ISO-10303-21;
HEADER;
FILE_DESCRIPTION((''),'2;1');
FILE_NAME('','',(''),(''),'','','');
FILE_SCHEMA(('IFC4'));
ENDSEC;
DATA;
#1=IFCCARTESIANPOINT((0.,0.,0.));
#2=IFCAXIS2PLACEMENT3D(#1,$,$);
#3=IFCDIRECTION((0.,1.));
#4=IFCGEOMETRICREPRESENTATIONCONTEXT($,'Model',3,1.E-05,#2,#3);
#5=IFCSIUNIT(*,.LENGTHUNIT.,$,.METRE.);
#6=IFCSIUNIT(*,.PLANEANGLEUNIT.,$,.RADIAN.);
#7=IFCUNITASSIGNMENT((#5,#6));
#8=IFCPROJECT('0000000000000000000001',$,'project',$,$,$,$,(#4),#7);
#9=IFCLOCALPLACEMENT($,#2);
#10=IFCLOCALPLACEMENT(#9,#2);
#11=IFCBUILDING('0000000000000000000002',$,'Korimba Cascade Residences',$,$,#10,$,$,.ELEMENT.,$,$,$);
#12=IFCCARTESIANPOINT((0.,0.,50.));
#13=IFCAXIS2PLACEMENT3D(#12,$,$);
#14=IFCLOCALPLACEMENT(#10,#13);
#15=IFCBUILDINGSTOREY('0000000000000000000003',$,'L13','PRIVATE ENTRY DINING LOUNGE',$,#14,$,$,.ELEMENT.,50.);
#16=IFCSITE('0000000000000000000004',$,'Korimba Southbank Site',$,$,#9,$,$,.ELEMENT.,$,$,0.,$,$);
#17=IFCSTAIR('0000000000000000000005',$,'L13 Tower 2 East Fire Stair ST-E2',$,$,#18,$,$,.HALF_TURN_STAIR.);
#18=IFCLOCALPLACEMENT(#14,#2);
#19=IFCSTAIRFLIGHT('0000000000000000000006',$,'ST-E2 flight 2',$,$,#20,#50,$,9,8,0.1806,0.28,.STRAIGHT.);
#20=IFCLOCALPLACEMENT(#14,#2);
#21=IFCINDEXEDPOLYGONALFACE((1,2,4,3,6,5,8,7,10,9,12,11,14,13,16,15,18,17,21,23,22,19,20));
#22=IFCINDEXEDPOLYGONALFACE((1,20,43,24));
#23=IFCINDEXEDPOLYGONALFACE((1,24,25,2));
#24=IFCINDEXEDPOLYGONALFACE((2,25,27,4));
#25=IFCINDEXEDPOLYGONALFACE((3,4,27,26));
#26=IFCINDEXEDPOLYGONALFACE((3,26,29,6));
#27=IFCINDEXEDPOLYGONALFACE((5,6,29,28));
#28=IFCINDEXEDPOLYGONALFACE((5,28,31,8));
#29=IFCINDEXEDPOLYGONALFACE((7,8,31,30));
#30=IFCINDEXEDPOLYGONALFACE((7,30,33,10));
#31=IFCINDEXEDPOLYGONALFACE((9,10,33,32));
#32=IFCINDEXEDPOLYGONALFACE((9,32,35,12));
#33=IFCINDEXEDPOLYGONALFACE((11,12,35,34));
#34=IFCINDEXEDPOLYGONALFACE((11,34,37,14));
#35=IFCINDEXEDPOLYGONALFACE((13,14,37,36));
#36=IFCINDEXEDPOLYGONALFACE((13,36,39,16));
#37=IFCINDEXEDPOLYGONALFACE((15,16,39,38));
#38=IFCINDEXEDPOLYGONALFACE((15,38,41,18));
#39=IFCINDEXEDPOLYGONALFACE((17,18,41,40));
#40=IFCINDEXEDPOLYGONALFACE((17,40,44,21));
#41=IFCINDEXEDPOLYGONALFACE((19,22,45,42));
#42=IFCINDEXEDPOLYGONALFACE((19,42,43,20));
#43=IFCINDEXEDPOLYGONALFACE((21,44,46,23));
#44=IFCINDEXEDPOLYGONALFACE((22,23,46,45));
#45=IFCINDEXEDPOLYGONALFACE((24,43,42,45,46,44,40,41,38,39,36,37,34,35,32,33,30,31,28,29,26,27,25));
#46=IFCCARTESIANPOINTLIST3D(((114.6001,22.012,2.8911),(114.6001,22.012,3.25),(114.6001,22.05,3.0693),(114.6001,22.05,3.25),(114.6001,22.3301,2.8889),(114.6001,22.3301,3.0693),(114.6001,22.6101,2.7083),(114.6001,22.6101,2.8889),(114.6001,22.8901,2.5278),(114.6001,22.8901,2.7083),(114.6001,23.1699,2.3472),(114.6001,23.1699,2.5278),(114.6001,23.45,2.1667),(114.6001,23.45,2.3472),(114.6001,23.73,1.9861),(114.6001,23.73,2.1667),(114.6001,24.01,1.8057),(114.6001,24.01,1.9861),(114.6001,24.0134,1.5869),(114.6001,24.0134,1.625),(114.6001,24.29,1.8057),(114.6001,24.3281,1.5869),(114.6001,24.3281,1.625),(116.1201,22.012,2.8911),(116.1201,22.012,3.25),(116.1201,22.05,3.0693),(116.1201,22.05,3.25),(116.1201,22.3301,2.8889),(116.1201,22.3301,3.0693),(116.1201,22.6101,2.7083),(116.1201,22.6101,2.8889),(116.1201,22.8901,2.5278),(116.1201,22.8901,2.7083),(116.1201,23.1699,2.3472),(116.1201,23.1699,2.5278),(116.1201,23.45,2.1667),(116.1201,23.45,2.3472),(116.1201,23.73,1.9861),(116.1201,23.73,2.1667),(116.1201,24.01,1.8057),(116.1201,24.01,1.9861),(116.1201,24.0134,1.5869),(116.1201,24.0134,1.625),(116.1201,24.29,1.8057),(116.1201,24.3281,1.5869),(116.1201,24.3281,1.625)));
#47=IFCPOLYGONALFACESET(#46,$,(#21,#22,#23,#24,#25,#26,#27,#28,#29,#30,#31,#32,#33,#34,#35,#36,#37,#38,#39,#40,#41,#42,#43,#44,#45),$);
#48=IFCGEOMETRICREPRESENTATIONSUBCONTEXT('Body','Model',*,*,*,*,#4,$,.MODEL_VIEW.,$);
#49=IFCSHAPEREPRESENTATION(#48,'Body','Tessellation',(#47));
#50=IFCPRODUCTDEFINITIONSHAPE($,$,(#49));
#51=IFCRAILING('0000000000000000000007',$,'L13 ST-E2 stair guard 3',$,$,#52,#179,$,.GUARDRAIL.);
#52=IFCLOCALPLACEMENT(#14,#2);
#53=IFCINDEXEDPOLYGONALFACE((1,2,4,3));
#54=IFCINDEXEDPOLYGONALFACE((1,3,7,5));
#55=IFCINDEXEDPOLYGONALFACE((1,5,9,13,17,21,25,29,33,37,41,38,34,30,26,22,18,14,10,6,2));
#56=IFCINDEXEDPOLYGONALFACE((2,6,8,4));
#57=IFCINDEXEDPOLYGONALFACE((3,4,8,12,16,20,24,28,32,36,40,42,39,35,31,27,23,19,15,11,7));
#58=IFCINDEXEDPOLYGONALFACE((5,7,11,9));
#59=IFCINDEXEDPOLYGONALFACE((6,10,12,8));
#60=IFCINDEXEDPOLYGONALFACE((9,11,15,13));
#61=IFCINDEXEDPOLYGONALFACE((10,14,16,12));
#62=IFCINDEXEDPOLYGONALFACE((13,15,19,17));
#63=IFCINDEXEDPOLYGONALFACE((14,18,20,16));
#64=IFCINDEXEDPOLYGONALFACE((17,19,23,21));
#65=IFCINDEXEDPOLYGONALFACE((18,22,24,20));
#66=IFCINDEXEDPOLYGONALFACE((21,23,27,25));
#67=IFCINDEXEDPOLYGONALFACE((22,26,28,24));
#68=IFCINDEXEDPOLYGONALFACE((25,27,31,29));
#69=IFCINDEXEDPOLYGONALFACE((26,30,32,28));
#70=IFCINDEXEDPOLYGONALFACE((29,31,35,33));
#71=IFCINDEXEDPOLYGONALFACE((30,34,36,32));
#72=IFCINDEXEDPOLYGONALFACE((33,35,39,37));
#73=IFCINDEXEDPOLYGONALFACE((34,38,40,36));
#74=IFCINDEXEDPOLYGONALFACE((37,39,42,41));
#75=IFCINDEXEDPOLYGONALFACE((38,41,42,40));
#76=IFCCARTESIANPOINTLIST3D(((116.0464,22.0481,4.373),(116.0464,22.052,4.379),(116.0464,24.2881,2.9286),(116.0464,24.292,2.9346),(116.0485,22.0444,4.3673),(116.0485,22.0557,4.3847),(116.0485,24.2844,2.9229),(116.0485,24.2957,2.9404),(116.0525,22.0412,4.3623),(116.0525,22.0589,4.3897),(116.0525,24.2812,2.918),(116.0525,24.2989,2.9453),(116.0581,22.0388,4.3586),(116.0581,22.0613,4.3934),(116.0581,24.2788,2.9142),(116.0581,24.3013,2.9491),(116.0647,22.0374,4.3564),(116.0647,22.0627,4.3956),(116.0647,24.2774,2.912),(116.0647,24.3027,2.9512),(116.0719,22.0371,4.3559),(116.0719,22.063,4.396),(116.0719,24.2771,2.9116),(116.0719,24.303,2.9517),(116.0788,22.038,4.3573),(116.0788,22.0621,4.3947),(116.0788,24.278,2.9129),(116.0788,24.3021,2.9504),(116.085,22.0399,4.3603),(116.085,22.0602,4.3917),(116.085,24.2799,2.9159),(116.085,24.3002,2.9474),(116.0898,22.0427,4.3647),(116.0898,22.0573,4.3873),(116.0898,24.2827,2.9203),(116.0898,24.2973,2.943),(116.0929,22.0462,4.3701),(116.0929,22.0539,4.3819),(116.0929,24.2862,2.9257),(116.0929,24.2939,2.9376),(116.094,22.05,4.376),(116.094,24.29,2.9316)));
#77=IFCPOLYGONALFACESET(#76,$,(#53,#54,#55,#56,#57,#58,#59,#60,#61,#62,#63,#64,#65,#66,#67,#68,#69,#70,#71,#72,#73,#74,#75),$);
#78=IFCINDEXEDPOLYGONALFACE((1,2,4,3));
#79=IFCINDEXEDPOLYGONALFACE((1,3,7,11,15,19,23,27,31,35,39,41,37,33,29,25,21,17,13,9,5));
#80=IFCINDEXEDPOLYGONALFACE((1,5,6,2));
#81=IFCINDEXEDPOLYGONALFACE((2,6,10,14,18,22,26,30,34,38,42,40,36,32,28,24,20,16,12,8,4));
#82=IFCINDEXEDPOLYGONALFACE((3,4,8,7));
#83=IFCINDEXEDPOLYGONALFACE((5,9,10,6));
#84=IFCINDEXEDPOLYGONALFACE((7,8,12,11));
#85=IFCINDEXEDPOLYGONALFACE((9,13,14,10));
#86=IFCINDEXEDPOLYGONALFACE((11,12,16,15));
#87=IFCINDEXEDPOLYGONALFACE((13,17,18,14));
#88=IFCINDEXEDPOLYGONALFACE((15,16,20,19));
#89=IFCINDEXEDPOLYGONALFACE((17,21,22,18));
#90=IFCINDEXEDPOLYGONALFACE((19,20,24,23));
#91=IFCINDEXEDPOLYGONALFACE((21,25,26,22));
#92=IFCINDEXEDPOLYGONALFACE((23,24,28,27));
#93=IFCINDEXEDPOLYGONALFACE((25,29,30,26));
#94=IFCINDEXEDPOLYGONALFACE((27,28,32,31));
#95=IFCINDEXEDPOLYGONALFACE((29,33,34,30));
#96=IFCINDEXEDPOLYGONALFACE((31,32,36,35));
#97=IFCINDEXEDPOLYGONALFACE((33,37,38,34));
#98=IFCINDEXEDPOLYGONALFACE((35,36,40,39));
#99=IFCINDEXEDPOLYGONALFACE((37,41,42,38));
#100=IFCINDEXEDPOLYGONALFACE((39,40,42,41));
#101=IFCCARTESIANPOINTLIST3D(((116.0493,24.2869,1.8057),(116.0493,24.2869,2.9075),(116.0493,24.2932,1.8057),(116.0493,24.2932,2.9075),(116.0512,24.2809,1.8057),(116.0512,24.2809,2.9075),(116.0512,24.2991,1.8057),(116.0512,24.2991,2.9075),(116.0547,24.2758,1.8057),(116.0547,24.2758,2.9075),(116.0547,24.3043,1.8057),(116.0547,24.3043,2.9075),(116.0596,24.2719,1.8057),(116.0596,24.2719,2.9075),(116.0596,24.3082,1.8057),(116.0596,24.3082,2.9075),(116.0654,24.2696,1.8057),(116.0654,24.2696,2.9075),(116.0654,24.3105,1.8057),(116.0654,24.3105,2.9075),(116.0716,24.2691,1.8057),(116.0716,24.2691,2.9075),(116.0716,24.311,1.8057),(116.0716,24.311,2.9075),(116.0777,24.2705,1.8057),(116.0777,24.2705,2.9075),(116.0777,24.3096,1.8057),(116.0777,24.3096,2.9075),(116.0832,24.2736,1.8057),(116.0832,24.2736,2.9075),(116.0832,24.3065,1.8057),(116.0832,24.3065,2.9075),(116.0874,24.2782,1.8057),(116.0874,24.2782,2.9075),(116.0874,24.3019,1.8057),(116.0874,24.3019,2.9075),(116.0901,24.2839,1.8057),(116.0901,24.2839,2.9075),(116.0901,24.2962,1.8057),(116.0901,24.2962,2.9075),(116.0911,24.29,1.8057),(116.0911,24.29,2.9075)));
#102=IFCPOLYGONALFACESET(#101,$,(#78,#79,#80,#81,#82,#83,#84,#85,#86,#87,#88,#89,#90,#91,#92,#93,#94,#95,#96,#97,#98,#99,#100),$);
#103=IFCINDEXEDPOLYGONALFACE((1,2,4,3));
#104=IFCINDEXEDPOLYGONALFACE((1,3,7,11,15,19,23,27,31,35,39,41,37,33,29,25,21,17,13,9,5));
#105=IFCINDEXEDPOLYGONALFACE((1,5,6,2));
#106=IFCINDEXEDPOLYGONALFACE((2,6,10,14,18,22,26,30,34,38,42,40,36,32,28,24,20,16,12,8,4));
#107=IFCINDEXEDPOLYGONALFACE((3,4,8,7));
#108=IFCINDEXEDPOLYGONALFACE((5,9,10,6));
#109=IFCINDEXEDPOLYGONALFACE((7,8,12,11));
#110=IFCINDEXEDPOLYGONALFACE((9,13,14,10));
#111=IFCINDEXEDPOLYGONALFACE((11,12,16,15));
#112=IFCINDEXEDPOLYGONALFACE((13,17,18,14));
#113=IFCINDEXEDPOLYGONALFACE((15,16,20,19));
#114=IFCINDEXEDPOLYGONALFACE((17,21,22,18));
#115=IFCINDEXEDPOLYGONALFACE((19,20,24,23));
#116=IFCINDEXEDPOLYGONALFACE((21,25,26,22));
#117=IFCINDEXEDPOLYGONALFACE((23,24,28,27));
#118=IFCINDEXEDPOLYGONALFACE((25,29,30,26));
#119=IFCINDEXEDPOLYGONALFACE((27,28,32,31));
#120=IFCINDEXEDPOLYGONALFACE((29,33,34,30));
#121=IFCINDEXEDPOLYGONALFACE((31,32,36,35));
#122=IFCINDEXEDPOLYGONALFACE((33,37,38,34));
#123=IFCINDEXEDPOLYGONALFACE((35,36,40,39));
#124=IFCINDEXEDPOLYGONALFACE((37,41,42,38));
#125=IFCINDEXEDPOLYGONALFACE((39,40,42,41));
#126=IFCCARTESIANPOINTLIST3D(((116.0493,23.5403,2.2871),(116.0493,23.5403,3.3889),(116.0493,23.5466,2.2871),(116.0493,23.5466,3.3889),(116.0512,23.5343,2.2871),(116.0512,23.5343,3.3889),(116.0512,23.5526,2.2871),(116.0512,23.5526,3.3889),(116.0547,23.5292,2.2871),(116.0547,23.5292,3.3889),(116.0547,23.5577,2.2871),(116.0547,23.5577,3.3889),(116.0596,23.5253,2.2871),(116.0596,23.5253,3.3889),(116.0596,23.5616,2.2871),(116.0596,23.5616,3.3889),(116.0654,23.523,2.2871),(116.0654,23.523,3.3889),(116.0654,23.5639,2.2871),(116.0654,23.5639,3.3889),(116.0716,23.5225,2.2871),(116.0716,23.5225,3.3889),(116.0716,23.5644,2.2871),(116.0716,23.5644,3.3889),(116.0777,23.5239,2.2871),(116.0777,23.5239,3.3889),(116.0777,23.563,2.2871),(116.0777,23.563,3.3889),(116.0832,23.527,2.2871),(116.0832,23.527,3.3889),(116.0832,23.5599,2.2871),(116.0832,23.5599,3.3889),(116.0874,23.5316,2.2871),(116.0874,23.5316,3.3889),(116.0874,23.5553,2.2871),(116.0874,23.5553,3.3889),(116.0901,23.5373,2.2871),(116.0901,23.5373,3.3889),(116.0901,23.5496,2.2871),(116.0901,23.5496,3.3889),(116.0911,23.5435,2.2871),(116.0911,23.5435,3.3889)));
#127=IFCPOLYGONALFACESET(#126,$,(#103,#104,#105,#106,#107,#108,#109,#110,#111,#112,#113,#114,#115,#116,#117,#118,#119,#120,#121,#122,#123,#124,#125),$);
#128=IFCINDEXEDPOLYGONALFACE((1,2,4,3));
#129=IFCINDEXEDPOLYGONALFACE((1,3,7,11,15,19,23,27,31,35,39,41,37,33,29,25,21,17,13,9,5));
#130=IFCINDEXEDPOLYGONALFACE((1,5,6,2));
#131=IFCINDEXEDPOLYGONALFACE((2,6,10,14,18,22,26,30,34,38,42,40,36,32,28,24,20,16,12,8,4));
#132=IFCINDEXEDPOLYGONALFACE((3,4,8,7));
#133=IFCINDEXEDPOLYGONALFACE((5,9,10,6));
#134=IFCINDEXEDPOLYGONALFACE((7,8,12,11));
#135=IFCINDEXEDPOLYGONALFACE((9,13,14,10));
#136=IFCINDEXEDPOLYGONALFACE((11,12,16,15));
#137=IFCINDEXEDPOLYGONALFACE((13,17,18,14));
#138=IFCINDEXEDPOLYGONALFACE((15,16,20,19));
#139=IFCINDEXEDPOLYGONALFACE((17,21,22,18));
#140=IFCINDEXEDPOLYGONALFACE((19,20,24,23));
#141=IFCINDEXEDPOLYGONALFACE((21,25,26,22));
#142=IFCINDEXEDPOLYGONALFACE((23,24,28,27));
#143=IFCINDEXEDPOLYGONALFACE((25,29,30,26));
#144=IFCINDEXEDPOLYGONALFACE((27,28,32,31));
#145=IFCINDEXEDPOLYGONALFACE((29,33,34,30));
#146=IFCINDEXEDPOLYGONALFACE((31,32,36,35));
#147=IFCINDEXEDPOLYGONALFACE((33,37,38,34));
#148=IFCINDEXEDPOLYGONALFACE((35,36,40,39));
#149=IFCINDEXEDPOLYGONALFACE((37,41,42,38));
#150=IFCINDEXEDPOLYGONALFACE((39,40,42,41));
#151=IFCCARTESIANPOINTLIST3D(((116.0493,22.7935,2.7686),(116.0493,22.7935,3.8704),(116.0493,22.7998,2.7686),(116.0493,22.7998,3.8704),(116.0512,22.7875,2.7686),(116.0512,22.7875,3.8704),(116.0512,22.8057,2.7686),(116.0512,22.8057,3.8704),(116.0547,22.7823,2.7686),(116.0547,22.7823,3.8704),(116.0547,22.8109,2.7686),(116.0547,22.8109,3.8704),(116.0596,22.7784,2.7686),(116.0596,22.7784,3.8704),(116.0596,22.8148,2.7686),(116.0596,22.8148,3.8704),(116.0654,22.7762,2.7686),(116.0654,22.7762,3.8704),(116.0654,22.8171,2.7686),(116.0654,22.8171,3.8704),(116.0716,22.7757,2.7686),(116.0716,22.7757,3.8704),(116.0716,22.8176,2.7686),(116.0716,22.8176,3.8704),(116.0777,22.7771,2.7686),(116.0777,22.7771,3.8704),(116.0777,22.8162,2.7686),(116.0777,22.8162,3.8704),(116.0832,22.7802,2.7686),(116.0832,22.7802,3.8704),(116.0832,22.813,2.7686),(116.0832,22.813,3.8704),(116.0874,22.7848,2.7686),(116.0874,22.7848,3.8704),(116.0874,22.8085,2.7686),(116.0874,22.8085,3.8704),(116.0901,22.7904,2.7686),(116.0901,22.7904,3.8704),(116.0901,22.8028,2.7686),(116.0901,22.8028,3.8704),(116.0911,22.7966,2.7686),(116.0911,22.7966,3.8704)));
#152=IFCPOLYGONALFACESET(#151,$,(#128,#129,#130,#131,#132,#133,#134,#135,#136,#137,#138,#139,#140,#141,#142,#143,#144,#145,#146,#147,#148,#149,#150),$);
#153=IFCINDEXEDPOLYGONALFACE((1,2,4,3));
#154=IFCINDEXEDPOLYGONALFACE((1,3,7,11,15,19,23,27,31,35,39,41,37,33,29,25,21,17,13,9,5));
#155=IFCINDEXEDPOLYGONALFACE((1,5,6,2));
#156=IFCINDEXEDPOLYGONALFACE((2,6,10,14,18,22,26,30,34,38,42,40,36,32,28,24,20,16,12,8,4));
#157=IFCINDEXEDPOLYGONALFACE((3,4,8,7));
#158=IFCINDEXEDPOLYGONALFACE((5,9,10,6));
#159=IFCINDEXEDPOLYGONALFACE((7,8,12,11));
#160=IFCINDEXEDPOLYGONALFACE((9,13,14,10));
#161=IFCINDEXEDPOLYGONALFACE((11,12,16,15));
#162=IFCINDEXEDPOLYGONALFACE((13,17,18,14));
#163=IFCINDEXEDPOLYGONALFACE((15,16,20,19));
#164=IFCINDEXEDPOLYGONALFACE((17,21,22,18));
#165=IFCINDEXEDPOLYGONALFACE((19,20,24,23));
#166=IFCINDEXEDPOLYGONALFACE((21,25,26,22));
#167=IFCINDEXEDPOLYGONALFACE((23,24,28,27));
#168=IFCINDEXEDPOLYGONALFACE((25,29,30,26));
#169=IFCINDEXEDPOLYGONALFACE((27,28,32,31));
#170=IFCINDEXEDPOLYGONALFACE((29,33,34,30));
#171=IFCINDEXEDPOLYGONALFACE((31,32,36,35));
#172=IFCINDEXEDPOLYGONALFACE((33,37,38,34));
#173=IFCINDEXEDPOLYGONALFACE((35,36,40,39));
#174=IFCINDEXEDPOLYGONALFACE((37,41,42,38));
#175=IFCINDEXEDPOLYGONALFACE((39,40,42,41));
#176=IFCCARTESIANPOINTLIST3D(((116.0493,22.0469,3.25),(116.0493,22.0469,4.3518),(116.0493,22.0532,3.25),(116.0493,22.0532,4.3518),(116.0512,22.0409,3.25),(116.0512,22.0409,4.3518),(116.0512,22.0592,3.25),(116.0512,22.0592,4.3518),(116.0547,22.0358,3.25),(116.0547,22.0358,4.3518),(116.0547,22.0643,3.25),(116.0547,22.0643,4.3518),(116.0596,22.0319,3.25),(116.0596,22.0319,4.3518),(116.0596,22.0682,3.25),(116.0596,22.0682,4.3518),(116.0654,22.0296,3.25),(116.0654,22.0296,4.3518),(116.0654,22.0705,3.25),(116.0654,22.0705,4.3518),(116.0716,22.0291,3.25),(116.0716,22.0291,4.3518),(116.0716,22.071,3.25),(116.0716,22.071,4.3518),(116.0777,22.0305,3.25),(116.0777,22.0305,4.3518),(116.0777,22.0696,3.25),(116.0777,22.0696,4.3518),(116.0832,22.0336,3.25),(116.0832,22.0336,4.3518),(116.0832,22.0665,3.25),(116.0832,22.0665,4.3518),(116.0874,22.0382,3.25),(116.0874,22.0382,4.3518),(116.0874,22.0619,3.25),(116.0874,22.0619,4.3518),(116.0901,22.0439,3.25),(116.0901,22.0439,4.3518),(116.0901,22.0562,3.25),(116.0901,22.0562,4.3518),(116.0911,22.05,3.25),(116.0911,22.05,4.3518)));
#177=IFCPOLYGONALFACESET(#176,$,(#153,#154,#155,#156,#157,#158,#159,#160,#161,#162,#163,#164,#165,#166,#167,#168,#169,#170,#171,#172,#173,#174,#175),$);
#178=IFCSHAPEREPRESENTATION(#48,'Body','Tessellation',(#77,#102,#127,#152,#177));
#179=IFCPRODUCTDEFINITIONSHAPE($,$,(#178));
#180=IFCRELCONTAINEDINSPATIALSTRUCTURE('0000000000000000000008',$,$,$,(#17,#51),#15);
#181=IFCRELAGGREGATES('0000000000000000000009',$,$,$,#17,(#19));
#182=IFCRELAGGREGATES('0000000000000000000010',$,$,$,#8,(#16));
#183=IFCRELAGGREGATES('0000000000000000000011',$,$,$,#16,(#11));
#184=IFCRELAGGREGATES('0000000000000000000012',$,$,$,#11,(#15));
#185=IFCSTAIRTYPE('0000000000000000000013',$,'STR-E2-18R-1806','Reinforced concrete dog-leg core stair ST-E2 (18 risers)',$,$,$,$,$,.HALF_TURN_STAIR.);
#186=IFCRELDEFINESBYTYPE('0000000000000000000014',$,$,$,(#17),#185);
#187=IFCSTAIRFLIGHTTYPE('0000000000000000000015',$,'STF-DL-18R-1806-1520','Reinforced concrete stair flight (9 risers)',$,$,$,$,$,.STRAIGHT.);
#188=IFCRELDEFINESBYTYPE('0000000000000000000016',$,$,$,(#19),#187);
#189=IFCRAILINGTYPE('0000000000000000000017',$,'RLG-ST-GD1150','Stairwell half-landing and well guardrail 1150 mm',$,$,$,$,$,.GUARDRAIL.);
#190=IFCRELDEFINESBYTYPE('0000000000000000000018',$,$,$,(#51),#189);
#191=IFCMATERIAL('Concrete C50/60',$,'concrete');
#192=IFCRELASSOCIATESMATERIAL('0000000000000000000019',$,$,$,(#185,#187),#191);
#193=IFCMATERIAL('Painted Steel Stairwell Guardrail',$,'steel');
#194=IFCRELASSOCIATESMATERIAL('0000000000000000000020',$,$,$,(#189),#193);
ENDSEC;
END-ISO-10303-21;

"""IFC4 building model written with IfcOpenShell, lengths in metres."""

from ifc_helpers import new_model, si_unit, direction, frame, origin, origin_2d, place, context, subcontext, project, spatial, polyline, circle, outline, extrude, material, type_object, element, aggregate, save


model = new_model("IFC4")

# Units and contexts
model_context = context("Model", 3, precision=1e-05, world=origin(), true_north=direction((0.0, 1.0)))
body_context = subcontext(model_context, "Body", "Model", "MODEL_VIEW")
ifc_project = project(units=[si_unit("LENGTHUNIT", "METRE"), si_unit("PLANEANGLEUNIT", "RADIAN")], contexts=[model_context])

# Site, building, storey
site_placement = place(None, origin())
site = spatial("IfcSite", under=ifc_project, at=site_placement, Name="Korimba Southbank Site", CompositionType="ELEMENT", RefElevation=0.0)
building_placement = place(site_placement, origin())
building = spatial("IfcBuilding", under=site, at=building_placement, Name="Korimba Cascade Residences", CompositionType="ELEMENT")
storey_placement = place(building_placement, frame((0.0, 0.0, 50.0)))
storey = spatial("IfcBuildingStorey", under=building, at=storey_placement, Name="L13", Description="PRIVATE ENTRY DINING LOUNGE", CompositionType="ELEMENT", Elevation=50.0)

# Shared definitions
ifc_material_1 = material(Name="Concrete C50/60", Category="concrete")

# Stair, stair flight
stair_type = type_object("IfcStairType", Name="STR-E2-18R-1806", Description="Reinforced concrete dog-leg core stair ST-E2 (18 risers)", PredefinedType="HALF_TURN_STAIR", material=ifc_material_1)
stair_placement = place(storey_placement, origin())
stair = element("IfcStair", 1, at=stair_placement, inside=storey, type_object=stair_type, Name="L13 Tower 2 East Fire Stair ST-E2", PredefinedType="HALF_TURN_STAIR")
stair_flight_type = type_object("IfcStairFlightType", Name="STF-DL-18R-1806-1520", Description="Reinforced concrete stair flight (9 risers)", PredefinedType="STRAIGHT", material=ifc_material_1)
stair_flight_placement = place(storey_placement, frame((115.3601, 24.29, 1.625), z_axis=(0.0, 0.0, 1.0), x_axis=(0.0, -1.0, 0.0)))
stair_flight = element("IfcStairFlight", 2, at=stair_flight_placement, type_object=stair_flight_type, Name="ST-E2 flight 2", NumberOfRisers=9, NumberOfTreads=8, PredefinedType="STRAIGHT", RiserHeight=0.1806, TreadLength=0.28, context=body_context, shape_type="SweptSolid", body=[
    extrude(outline(polyline([(-0.0381, 0.0), (0.0, 0.1807), (0.28, 0.1807), (0.28, 0.3611), (0.5601, 0.3611), (0.5601, 0.5417), (0.8401, 0.5417), (0.8401, 0.7222), (1.1201, 0.7222), (1.1201, 0.9028), (1.3999, 0.9028), (1.3999, 1.0833), (1.6799, 1.0833), (1.6799, 1.2639), (1.96, 1.2639), (1.96, 1.4443), (2.24, 1.4443), (2.24, 1.625), (2.2781, 1.625), (2.2781, 1.2661), (0.2766, 0.0), (0.2766, -0.0381), (-0.0381, -0.0381), (-0.0381, 0.0)])), frame((0.0, 0.76, 0.0), z_axis=(0.0, -1.0, 0.0), x_axis=(1.0, 0.0, 0.0)), (0.0, 0.0, 1.0), 1.52),
])
aggregate(stair, [stair_flight])

# Railing
ifc_material_2 = material(Name="Painted Steel Stairwell Guardrail", Category="steel")
railing_type_1 = type_object("IfcRailingType", Name="RLG-ST-GD1150", Description="Stairwell half-landing and well guardrail 1150 mm", PredefinedType="GUARDRAIL", material=ifc_material_2)
railing_1_placement = place(storey_placement, frame((116.0701, 24.29, 1.8057)))
element("IfcRailing", 3, at=railing_1_placement, inside=storey, type_object=railing_type_1, Name="L13 ST-E2 stair guard 3", PredefinedType="GUARDRAIL", context=body_context, shape_type="SweptSolid", body=[
    extrude(circle(Radius=0.0239, at=origin_2d()), frame((0.0, 0.0, 1.126), z_axis=(0.0, -0.840437, 0.54191), x_axis=(1.0, 0.0, 0.0)), (0.0, 0.0, 1.0), 2.6653),
    extrude(circle(Radius=0.021, at=origin_2d()), origin(), (0.0, 0.0, 1.0), 1.1018),
    extrude(circle(Radius=0.021, at=origin_2d()), frame((0.0, -0.7466, 0.4814)), (0.0, 0.0, 1.0), 1.1018),
    extrude(circle(Radius=0.021, at=origin_2d()), frame((0.0, -1.4934, 0.9629)), (0.0, 0.0, 1.0), 1.1018),
    extrude(circle(Radius=0.021, at=origin_2d()), frame((0.0, -2.24, 1.4443)), (0.0, 0.0, 1.0), 1.1018),
])

save(model, "model.ifc")
